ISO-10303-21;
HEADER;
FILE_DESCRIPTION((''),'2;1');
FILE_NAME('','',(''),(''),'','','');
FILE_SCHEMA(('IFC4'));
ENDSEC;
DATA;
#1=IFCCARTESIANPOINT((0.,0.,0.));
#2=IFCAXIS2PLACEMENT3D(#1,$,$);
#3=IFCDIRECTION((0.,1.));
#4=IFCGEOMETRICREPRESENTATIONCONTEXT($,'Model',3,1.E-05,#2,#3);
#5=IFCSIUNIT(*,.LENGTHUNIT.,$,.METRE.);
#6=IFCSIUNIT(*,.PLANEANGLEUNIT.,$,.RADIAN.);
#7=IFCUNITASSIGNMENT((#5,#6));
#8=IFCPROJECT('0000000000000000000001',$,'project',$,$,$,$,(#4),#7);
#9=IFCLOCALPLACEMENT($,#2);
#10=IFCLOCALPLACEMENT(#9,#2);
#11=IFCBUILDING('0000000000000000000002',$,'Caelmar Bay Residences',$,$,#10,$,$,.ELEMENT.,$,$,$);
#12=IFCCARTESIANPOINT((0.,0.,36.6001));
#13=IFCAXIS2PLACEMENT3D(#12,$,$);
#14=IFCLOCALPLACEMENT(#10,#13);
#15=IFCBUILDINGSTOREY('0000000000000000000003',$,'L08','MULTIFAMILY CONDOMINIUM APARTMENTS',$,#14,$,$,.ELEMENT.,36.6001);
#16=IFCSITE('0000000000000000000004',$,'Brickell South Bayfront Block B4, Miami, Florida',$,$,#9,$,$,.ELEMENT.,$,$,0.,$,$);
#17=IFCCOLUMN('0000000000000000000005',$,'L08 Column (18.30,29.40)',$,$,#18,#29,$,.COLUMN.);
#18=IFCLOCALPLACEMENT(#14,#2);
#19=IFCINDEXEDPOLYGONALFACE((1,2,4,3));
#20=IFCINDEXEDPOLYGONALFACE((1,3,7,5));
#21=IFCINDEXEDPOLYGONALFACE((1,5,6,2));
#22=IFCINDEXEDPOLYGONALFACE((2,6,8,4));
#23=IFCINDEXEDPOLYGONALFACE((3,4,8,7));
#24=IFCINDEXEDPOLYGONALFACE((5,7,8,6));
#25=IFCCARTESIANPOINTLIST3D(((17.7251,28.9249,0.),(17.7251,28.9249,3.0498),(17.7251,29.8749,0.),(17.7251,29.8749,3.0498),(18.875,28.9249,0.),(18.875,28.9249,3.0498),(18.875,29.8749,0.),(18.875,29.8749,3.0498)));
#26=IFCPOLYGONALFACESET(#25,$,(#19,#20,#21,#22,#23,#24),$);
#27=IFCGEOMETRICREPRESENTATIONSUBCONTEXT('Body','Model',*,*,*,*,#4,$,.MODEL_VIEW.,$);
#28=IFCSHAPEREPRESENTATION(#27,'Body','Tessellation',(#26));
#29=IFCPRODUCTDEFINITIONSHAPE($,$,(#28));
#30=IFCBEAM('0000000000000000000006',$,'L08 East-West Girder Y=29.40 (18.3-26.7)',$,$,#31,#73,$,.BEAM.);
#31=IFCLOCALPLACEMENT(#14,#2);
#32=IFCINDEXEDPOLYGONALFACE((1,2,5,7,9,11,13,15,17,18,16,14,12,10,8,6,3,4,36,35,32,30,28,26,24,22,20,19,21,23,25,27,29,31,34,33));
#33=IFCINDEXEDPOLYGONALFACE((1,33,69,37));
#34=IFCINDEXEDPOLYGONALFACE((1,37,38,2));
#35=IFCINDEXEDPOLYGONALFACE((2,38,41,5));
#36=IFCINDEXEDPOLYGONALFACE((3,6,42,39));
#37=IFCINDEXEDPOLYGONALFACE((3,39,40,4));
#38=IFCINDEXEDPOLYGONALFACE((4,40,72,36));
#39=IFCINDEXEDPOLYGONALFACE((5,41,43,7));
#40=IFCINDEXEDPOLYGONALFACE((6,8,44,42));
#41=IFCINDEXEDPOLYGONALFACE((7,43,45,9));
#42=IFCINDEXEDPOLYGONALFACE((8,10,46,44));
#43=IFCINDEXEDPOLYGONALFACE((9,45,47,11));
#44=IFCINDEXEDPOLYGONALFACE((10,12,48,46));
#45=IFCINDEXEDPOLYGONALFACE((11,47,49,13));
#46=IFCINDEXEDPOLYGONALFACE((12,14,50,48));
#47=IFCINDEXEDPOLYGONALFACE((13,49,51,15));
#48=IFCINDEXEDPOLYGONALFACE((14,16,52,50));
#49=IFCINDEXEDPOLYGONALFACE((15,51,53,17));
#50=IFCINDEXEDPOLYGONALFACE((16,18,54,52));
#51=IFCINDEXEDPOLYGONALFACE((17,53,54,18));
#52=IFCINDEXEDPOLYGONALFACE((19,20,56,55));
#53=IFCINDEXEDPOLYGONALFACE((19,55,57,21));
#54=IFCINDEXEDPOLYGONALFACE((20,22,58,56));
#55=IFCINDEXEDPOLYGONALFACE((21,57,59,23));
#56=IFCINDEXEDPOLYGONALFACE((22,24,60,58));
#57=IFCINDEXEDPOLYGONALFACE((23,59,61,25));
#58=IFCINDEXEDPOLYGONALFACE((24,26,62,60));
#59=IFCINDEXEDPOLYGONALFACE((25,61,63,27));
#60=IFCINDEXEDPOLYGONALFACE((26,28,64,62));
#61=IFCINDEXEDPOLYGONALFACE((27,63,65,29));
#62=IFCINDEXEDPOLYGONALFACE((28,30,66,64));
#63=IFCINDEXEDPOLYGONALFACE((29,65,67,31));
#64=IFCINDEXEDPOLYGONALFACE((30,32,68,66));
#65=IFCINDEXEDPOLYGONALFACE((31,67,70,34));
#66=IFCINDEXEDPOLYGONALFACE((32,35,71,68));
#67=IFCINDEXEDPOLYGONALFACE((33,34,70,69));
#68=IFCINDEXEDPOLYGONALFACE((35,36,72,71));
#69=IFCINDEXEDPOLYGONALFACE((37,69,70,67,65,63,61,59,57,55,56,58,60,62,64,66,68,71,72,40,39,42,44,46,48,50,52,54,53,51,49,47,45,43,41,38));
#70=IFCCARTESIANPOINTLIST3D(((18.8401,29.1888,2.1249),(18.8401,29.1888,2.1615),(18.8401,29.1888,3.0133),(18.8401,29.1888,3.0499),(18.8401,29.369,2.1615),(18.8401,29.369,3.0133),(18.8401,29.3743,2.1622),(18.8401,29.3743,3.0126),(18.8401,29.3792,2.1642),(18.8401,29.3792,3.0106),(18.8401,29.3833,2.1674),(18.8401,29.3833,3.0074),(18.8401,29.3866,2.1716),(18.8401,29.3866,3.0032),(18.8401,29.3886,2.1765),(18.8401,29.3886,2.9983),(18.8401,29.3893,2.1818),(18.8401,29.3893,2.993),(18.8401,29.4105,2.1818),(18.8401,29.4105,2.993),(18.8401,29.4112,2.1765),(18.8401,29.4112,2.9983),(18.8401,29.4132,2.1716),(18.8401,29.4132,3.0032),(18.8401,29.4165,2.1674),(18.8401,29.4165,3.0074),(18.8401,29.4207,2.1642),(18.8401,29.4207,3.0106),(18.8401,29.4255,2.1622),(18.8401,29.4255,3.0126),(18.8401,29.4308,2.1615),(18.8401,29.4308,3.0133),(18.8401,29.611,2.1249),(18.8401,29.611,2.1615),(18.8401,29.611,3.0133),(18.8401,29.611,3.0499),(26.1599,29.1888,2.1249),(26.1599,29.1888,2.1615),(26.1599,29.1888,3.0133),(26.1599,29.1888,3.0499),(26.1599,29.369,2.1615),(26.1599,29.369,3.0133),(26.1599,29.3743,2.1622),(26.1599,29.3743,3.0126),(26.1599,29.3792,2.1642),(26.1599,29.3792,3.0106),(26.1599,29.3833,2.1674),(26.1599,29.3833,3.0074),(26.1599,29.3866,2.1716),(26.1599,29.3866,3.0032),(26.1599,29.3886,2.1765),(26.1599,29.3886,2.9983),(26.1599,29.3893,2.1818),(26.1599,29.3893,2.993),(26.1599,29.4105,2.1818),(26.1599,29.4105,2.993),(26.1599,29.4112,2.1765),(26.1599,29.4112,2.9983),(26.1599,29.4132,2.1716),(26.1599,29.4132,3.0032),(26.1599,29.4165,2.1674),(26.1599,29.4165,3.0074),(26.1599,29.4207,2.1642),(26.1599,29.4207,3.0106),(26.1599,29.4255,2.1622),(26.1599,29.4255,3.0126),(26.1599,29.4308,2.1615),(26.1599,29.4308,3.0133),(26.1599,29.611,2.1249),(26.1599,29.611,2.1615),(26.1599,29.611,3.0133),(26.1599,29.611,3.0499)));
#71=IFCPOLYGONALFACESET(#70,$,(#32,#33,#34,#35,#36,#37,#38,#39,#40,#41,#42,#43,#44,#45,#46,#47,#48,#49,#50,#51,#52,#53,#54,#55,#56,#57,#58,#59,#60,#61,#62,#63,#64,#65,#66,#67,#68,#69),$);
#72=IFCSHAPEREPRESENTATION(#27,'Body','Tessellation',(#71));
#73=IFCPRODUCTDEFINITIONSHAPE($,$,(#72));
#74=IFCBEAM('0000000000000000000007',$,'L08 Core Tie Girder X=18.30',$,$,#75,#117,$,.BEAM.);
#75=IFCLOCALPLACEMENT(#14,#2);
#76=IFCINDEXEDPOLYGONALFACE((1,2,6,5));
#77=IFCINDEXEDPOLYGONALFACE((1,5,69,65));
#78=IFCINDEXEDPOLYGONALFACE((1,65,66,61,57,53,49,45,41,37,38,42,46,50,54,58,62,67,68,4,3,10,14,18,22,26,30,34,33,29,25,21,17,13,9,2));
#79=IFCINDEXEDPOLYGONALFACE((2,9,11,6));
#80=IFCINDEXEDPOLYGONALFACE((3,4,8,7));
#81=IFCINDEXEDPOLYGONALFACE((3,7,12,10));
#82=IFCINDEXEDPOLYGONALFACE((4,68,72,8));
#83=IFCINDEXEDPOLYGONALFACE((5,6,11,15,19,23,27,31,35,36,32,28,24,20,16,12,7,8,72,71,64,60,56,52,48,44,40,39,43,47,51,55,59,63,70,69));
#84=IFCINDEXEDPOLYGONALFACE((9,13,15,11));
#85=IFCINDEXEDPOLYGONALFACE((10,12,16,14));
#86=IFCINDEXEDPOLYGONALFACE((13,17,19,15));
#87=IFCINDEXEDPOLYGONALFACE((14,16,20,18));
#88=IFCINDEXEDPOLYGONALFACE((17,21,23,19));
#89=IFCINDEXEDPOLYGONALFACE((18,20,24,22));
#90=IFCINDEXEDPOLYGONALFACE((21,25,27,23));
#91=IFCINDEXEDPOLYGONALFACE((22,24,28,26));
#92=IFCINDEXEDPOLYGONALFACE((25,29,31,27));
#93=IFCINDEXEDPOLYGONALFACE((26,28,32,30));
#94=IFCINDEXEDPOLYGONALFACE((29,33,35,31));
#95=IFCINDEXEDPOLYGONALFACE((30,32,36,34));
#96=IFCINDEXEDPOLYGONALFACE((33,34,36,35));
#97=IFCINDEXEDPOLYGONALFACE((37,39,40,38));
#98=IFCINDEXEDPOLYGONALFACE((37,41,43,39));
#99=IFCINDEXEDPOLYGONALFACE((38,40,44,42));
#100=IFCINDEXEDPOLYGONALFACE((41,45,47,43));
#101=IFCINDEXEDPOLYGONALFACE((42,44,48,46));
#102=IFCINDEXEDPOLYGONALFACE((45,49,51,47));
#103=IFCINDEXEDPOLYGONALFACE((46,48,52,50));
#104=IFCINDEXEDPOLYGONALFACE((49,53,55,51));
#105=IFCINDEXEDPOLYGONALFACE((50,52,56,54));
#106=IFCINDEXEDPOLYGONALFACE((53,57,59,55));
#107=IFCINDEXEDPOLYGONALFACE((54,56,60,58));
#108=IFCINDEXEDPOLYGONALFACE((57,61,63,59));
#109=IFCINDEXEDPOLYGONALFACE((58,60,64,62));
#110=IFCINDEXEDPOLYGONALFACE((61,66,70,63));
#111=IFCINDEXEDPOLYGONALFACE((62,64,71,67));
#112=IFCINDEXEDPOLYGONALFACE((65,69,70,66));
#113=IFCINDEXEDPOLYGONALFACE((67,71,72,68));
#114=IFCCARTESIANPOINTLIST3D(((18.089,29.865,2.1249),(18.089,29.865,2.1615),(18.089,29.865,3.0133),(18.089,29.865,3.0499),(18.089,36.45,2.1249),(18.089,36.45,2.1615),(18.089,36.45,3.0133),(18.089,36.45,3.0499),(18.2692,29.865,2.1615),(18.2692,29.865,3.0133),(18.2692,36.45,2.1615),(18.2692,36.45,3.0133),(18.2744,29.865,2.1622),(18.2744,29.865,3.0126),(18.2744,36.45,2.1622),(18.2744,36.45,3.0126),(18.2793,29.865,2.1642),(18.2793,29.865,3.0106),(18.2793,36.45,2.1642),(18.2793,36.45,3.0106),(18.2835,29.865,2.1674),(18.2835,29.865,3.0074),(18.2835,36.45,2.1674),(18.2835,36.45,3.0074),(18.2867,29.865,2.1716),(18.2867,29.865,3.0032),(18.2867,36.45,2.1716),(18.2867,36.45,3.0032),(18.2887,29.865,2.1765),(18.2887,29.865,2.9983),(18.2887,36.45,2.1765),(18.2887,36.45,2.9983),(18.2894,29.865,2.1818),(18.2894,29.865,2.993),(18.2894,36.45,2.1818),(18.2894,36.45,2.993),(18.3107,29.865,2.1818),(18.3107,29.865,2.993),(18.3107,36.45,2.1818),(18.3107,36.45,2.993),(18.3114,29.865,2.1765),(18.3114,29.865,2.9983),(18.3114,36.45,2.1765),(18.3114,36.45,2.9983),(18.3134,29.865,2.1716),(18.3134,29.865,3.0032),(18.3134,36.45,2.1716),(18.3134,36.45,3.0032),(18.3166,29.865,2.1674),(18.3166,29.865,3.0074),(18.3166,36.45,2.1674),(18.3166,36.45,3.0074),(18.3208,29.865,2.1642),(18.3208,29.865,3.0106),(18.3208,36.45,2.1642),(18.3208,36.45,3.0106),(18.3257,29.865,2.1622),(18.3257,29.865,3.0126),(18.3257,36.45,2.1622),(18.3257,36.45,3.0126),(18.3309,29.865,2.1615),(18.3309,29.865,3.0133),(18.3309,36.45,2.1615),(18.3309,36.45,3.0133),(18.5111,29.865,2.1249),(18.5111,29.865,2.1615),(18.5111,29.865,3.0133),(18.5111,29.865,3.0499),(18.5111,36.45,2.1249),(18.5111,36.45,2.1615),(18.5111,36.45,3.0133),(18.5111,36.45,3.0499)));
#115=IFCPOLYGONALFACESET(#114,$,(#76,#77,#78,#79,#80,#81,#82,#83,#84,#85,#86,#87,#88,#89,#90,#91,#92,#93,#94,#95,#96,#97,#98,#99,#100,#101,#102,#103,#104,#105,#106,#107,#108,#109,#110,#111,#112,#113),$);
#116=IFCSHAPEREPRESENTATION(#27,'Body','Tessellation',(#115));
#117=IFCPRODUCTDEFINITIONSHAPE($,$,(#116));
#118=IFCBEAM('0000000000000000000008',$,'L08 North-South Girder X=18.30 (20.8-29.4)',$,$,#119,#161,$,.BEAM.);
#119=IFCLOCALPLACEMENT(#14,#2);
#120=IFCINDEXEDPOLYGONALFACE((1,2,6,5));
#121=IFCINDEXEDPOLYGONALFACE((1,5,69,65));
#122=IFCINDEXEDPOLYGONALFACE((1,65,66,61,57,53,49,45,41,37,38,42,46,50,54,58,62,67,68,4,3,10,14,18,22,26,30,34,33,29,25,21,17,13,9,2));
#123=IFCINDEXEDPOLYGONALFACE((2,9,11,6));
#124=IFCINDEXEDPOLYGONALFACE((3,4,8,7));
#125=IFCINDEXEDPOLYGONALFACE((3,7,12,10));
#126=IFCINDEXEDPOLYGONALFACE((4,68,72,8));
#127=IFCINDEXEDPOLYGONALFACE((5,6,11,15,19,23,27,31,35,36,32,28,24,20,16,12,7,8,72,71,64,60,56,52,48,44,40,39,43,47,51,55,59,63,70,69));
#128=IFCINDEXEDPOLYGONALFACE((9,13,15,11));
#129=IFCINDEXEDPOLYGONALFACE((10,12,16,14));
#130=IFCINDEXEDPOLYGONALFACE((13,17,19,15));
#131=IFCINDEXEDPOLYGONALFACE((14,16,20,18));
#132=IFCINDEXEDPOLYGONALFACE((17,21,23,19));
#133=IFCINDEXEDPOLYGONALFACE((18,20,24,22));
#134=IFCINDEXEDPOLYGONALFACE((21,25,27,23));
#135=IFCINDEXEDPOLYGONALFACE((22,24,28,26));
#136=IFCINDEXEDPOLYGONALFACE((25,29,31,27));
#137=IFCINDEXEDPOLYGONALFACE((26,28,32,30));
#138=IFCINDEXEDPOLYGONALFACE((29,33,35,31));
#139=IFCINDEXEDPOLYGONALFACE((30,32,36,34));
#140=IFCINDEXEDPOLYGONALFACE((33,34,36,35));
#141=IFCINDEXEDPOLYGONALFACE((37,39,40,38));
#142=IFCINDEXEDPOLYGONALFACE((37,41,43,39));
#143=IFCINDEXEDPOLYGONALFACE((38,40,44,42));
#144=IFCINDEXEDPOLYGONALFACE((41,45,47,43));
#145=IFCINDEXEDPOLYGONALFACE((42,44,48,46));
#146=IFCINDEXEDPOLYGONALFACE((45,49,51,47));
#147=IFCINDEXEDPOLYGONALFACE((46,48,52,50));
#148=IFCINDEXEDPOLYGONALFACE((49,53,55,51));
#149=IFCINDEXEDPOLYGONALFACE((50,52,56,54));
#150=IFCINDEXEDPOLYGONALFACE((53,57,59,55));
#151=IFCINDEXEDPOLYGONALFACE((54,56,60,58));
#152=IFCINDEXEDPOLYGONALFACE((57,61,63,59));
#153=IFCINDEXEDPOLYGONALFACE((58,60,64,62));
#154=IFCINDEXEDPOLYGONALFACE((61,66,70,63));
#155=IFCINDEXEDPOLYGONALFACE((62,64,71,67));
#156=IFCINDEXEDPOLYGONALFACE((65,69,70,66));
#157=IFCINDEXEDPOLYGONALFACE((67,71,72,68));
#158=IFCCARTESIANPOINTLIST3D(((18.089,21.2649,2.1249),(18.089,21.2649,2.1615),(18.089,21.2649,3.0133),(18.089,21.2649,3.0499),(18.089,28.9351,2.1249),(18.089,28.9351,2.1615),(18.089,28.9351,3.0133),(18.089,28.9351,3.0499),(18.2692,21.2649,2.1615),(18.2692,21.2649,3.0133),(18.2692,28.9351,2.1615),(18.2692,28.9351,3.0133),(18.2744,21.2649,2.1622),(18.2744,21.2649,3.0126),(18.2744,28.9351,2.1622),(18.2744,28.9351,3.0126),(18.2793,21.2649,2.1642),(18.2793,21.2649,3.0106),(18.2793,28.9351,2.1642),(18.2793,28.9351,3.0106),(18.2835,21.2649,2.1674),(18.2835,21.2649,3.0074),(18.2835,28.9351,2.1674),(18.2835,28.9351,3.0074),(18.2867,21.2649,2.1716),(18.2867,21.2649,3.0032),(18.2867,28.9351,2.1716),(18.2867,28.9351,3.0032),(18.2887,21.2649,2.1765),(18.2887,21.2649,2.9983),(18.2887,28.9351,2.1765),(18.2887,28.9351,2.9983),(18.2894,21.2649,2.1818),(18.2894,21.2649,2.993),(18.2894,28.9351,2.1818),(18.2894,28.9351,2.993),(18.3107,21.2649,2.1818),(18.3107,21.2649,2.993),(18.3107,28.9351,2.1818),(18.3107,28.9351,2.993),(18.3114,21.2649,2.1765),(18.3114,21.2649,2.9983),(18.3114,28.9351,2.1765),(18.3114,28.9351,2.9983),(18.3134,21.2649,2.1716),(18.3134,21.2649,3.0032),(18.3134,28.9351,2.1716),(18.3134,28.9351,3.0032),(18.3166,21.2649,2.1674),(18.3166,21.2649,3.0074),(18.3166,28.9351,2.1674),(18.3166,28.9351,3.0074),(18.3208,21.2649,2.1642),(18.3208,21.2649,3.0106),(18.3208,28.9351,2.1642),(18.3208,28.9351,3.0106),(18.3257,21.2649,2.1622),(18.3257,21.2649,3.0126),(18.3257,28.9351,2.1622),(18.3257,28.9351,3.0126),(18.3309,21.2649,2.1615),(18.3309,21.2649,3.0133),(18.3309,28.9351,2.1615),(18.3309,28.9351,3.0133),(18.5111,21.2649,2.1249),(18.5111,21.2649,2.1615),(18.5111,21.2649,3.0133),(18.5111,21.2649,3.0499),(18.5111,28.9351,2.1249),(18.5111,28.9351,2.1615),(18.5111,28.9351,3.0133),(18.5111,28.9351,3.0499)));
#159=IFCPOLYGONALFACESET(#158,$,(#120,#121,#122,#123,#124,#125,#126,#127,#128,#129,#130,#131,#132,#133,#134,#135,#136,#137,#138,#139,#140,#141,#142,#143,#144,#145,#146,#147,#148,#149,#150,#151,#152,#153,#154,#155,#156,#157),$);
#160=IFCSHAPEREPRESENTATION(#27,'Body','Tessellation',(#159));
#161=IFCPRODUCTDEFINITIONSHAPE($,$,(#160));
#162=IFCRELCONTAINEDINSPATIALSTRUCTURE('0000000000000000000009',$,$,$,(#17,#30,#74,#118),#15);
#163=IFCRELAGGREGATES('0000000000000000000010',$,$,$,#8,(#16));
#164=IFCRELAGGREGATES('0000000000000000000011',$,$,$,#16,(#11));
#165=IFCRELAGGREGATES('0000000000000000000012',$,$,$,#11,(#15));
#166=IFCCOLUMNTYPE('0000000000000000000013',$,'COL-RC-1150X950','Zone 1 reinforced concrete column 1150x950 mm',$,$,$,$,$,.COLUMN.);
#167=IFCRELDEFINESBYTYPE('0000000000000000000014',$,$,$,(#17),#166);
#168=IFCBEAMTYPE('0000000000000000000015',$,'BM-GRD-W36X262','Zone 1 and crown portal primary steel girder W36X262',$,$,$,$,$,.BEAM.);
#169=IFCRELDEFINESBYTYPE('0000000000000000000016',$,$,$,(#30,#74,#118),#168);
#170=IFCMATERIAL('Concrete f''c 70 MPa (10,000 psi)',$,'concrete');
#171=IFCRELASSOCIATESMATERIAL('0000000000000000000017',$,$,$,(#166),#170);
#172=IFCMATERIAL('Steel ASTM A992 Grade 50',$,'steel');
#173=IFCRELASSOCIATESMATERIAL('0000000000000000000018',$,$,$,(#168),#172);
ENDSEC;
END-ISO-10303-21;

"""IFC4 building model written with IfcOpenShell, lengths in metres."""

from ifc_helpers import new_model, si_unit, direction, frame, origin, origin_2d, place, context, subcontext, project, spatial, rectangle, i_section, extrude, material, material_profile, profile_set, type_object, element, save


model = new_model("IFC4")

# Units and contexts
model_context = context("Model", 3, precision=1e-05, world=origin(), true_north=direction((0.0, 1.0)))
body_context = subcontext(model_context, "Body", "Model", "MODEL_VIEW")
ifc_project = project(units=[si_unit("LENGTHUNIT", "METRE"), si_unit("PLANEANGLEUNIT", "RADIAN")], contexts=[model_context])

# Site, building, storey
site_placement = place(None, origin())
site = spatial("IfcSite", under=ifc_project, at=site_placement, Name="Brickell South Bayfront Block B4, Miami, Florida", CompositionType="ELEMENT", RefElevation=0.0)
building_placement = place(site_placement, origin())
building = spatial("IfcBuilding", under=site, at=building_placement, Name="Caelmar Bay Residences", CompositionType="ELEMENT")
storey_placement = place(building_placement, frame((0.0, 0.0, 36.6001)))
storey = spatial("IfcBuildingStorey", under=building, at=storey_placement, Name="L08", Description="MULTIFAMILY CONDOMINIUM APARTMENTS", CompositionType="ELEMENT", Elevation=36.6001)

# Column
ifc_material_1 = material(Name="Concrete f'c 70 MPa (10,000 psi)", Category="concrete")
ifc_material_profile_1 = material_profile(ifc_material_1, rectangle(XDim=1.1499, YDim=0.95, at=origin_2d()), Name="RC-COL-1150X950")
ifc_profile_set_1 = profile_set([ifc_material_profile_1], Name="Concrete f'c 70 MPa (10,000 psi)")
column_type = type_object("IfcColumnType", Name="COL-RC-1150X950", Description="Zone 1 reinforced concrete column 1150x950 mm", PredefinedType="COLUMN", material=ifc_profile_set_1)
column_placement = place(storey_placement, frame((18.3, 29.3999, 0.0), z_axis=(0.0, 0.0, 1.0), x_axis=(1.0, 0.0, 0.0)))
element("IfcColumn", 1, at=column_placement, inside=storey, type_object=column_type, Name="L08 Column (18.30,29.40)", PredefinedType="COLUMN", context=body_context, shape_type="SweptSolid", body=[
    extrude(rectangle(XDim=1.1499, YDim=0.95, at=origin_2d()), origin(), (0.0, 0.0, 1.0), 3.0498),
])

# Beams
ifc_material_2 = material(Name="Steel ASTM A992 Grade 50", Category="steel")
ifc_material_profile_2 = material_profile(ifc_material_2, i_section(OverallWidth=0.4221, OverallDepth=0.925, WebThickness=0.0212, FlangeThickness=0.0366, FilletRadius=0.0203, at=origin_2d()), Name="W36X262")
ifc_profile_set_2 = profile_set([ifc_material_profile_2], Name="Steel ASTM A992 Grade 50")
beam_type_1 = type_object("IfcBeamType", Name="BM-GRD-W36X262", Description="Zone 1 and crown portal primary steel girder W36X262", PredefinedType="BEAM", material=ifc_profile_set_2)
beam_1_placement = place(storey_placement, frame((18.8401, 29.3999, 2.5874), z_axis=(1.0, 0.0, 0.0), x_axis=(0.0, 1.0, 0.0)))
element("IfcBeam", 2, at=beam_1_placement, inside=storey, type_object=beam_type_1, Name="L08 East-West Girder Y=29.40 (18.3-26.7)", PredefinedType="BEAM", context=body_context, shape_type="SweptSolid", body=[
    extrude(i_section(OverallWidth=0.4221, OverallDepth=0.925, WebThickness=0.0212, FlangeThickness=0.0366, FilletRadius=0.0203, at=origin_2d()), origin(), (0.0, 0.0, 1.0), 7.3198),
])
beam_2_placement = place(storey_placement, frame((18.3, 29.865, 2.5874), z_axis=(0.0, 1.0, 0.0), x_axis=(-1.0, 0.0, 0.0)))
element("IfcBeam", 3, at=beam_2_placement, inside=storey, type_object=beam_type_1, Name="L08 Core Tie Girder X=18.30", PredefinedType="BEAM", context=body_context, shape_type="SweptSolid", body=[
    extrude(i_section(OverallWidth=0.4221, OverallDepth=0.925, WebThickness=0.0212, FlangeThickness=0.0366, FilletRadius=0.0203, at=origin_2d()), origin(), (0.0, 0.0, 1.0), 6.585),
])
beam_3_placement = place(storey_placement, frame((18.3, 21.2649, 2.5874), z_axis=(0.0, 1.0, 0.0), x_axis=(-1.0, 0.0, 0.0)))
element("IfcBeam", 4, at=beam_3_placement, inside=storey, type_object=beam_type_1, Name="L08 North-South Girder X=18.30 (20.8-29.4)", PredefinedType="BEAM", context=body_context, shape_type="SweptSolid", body=[
    extrude(i_section(OverallWidth=0.4221, OverallDepth=0.925, WebThickness=0.0212, FlangeThickness=0.0366, FilletRadius=0.0203, at=origin_2d()), origin(), (0.0, 0.0, 1.0), 7.6702),
])

save(model, "model.ifc")
